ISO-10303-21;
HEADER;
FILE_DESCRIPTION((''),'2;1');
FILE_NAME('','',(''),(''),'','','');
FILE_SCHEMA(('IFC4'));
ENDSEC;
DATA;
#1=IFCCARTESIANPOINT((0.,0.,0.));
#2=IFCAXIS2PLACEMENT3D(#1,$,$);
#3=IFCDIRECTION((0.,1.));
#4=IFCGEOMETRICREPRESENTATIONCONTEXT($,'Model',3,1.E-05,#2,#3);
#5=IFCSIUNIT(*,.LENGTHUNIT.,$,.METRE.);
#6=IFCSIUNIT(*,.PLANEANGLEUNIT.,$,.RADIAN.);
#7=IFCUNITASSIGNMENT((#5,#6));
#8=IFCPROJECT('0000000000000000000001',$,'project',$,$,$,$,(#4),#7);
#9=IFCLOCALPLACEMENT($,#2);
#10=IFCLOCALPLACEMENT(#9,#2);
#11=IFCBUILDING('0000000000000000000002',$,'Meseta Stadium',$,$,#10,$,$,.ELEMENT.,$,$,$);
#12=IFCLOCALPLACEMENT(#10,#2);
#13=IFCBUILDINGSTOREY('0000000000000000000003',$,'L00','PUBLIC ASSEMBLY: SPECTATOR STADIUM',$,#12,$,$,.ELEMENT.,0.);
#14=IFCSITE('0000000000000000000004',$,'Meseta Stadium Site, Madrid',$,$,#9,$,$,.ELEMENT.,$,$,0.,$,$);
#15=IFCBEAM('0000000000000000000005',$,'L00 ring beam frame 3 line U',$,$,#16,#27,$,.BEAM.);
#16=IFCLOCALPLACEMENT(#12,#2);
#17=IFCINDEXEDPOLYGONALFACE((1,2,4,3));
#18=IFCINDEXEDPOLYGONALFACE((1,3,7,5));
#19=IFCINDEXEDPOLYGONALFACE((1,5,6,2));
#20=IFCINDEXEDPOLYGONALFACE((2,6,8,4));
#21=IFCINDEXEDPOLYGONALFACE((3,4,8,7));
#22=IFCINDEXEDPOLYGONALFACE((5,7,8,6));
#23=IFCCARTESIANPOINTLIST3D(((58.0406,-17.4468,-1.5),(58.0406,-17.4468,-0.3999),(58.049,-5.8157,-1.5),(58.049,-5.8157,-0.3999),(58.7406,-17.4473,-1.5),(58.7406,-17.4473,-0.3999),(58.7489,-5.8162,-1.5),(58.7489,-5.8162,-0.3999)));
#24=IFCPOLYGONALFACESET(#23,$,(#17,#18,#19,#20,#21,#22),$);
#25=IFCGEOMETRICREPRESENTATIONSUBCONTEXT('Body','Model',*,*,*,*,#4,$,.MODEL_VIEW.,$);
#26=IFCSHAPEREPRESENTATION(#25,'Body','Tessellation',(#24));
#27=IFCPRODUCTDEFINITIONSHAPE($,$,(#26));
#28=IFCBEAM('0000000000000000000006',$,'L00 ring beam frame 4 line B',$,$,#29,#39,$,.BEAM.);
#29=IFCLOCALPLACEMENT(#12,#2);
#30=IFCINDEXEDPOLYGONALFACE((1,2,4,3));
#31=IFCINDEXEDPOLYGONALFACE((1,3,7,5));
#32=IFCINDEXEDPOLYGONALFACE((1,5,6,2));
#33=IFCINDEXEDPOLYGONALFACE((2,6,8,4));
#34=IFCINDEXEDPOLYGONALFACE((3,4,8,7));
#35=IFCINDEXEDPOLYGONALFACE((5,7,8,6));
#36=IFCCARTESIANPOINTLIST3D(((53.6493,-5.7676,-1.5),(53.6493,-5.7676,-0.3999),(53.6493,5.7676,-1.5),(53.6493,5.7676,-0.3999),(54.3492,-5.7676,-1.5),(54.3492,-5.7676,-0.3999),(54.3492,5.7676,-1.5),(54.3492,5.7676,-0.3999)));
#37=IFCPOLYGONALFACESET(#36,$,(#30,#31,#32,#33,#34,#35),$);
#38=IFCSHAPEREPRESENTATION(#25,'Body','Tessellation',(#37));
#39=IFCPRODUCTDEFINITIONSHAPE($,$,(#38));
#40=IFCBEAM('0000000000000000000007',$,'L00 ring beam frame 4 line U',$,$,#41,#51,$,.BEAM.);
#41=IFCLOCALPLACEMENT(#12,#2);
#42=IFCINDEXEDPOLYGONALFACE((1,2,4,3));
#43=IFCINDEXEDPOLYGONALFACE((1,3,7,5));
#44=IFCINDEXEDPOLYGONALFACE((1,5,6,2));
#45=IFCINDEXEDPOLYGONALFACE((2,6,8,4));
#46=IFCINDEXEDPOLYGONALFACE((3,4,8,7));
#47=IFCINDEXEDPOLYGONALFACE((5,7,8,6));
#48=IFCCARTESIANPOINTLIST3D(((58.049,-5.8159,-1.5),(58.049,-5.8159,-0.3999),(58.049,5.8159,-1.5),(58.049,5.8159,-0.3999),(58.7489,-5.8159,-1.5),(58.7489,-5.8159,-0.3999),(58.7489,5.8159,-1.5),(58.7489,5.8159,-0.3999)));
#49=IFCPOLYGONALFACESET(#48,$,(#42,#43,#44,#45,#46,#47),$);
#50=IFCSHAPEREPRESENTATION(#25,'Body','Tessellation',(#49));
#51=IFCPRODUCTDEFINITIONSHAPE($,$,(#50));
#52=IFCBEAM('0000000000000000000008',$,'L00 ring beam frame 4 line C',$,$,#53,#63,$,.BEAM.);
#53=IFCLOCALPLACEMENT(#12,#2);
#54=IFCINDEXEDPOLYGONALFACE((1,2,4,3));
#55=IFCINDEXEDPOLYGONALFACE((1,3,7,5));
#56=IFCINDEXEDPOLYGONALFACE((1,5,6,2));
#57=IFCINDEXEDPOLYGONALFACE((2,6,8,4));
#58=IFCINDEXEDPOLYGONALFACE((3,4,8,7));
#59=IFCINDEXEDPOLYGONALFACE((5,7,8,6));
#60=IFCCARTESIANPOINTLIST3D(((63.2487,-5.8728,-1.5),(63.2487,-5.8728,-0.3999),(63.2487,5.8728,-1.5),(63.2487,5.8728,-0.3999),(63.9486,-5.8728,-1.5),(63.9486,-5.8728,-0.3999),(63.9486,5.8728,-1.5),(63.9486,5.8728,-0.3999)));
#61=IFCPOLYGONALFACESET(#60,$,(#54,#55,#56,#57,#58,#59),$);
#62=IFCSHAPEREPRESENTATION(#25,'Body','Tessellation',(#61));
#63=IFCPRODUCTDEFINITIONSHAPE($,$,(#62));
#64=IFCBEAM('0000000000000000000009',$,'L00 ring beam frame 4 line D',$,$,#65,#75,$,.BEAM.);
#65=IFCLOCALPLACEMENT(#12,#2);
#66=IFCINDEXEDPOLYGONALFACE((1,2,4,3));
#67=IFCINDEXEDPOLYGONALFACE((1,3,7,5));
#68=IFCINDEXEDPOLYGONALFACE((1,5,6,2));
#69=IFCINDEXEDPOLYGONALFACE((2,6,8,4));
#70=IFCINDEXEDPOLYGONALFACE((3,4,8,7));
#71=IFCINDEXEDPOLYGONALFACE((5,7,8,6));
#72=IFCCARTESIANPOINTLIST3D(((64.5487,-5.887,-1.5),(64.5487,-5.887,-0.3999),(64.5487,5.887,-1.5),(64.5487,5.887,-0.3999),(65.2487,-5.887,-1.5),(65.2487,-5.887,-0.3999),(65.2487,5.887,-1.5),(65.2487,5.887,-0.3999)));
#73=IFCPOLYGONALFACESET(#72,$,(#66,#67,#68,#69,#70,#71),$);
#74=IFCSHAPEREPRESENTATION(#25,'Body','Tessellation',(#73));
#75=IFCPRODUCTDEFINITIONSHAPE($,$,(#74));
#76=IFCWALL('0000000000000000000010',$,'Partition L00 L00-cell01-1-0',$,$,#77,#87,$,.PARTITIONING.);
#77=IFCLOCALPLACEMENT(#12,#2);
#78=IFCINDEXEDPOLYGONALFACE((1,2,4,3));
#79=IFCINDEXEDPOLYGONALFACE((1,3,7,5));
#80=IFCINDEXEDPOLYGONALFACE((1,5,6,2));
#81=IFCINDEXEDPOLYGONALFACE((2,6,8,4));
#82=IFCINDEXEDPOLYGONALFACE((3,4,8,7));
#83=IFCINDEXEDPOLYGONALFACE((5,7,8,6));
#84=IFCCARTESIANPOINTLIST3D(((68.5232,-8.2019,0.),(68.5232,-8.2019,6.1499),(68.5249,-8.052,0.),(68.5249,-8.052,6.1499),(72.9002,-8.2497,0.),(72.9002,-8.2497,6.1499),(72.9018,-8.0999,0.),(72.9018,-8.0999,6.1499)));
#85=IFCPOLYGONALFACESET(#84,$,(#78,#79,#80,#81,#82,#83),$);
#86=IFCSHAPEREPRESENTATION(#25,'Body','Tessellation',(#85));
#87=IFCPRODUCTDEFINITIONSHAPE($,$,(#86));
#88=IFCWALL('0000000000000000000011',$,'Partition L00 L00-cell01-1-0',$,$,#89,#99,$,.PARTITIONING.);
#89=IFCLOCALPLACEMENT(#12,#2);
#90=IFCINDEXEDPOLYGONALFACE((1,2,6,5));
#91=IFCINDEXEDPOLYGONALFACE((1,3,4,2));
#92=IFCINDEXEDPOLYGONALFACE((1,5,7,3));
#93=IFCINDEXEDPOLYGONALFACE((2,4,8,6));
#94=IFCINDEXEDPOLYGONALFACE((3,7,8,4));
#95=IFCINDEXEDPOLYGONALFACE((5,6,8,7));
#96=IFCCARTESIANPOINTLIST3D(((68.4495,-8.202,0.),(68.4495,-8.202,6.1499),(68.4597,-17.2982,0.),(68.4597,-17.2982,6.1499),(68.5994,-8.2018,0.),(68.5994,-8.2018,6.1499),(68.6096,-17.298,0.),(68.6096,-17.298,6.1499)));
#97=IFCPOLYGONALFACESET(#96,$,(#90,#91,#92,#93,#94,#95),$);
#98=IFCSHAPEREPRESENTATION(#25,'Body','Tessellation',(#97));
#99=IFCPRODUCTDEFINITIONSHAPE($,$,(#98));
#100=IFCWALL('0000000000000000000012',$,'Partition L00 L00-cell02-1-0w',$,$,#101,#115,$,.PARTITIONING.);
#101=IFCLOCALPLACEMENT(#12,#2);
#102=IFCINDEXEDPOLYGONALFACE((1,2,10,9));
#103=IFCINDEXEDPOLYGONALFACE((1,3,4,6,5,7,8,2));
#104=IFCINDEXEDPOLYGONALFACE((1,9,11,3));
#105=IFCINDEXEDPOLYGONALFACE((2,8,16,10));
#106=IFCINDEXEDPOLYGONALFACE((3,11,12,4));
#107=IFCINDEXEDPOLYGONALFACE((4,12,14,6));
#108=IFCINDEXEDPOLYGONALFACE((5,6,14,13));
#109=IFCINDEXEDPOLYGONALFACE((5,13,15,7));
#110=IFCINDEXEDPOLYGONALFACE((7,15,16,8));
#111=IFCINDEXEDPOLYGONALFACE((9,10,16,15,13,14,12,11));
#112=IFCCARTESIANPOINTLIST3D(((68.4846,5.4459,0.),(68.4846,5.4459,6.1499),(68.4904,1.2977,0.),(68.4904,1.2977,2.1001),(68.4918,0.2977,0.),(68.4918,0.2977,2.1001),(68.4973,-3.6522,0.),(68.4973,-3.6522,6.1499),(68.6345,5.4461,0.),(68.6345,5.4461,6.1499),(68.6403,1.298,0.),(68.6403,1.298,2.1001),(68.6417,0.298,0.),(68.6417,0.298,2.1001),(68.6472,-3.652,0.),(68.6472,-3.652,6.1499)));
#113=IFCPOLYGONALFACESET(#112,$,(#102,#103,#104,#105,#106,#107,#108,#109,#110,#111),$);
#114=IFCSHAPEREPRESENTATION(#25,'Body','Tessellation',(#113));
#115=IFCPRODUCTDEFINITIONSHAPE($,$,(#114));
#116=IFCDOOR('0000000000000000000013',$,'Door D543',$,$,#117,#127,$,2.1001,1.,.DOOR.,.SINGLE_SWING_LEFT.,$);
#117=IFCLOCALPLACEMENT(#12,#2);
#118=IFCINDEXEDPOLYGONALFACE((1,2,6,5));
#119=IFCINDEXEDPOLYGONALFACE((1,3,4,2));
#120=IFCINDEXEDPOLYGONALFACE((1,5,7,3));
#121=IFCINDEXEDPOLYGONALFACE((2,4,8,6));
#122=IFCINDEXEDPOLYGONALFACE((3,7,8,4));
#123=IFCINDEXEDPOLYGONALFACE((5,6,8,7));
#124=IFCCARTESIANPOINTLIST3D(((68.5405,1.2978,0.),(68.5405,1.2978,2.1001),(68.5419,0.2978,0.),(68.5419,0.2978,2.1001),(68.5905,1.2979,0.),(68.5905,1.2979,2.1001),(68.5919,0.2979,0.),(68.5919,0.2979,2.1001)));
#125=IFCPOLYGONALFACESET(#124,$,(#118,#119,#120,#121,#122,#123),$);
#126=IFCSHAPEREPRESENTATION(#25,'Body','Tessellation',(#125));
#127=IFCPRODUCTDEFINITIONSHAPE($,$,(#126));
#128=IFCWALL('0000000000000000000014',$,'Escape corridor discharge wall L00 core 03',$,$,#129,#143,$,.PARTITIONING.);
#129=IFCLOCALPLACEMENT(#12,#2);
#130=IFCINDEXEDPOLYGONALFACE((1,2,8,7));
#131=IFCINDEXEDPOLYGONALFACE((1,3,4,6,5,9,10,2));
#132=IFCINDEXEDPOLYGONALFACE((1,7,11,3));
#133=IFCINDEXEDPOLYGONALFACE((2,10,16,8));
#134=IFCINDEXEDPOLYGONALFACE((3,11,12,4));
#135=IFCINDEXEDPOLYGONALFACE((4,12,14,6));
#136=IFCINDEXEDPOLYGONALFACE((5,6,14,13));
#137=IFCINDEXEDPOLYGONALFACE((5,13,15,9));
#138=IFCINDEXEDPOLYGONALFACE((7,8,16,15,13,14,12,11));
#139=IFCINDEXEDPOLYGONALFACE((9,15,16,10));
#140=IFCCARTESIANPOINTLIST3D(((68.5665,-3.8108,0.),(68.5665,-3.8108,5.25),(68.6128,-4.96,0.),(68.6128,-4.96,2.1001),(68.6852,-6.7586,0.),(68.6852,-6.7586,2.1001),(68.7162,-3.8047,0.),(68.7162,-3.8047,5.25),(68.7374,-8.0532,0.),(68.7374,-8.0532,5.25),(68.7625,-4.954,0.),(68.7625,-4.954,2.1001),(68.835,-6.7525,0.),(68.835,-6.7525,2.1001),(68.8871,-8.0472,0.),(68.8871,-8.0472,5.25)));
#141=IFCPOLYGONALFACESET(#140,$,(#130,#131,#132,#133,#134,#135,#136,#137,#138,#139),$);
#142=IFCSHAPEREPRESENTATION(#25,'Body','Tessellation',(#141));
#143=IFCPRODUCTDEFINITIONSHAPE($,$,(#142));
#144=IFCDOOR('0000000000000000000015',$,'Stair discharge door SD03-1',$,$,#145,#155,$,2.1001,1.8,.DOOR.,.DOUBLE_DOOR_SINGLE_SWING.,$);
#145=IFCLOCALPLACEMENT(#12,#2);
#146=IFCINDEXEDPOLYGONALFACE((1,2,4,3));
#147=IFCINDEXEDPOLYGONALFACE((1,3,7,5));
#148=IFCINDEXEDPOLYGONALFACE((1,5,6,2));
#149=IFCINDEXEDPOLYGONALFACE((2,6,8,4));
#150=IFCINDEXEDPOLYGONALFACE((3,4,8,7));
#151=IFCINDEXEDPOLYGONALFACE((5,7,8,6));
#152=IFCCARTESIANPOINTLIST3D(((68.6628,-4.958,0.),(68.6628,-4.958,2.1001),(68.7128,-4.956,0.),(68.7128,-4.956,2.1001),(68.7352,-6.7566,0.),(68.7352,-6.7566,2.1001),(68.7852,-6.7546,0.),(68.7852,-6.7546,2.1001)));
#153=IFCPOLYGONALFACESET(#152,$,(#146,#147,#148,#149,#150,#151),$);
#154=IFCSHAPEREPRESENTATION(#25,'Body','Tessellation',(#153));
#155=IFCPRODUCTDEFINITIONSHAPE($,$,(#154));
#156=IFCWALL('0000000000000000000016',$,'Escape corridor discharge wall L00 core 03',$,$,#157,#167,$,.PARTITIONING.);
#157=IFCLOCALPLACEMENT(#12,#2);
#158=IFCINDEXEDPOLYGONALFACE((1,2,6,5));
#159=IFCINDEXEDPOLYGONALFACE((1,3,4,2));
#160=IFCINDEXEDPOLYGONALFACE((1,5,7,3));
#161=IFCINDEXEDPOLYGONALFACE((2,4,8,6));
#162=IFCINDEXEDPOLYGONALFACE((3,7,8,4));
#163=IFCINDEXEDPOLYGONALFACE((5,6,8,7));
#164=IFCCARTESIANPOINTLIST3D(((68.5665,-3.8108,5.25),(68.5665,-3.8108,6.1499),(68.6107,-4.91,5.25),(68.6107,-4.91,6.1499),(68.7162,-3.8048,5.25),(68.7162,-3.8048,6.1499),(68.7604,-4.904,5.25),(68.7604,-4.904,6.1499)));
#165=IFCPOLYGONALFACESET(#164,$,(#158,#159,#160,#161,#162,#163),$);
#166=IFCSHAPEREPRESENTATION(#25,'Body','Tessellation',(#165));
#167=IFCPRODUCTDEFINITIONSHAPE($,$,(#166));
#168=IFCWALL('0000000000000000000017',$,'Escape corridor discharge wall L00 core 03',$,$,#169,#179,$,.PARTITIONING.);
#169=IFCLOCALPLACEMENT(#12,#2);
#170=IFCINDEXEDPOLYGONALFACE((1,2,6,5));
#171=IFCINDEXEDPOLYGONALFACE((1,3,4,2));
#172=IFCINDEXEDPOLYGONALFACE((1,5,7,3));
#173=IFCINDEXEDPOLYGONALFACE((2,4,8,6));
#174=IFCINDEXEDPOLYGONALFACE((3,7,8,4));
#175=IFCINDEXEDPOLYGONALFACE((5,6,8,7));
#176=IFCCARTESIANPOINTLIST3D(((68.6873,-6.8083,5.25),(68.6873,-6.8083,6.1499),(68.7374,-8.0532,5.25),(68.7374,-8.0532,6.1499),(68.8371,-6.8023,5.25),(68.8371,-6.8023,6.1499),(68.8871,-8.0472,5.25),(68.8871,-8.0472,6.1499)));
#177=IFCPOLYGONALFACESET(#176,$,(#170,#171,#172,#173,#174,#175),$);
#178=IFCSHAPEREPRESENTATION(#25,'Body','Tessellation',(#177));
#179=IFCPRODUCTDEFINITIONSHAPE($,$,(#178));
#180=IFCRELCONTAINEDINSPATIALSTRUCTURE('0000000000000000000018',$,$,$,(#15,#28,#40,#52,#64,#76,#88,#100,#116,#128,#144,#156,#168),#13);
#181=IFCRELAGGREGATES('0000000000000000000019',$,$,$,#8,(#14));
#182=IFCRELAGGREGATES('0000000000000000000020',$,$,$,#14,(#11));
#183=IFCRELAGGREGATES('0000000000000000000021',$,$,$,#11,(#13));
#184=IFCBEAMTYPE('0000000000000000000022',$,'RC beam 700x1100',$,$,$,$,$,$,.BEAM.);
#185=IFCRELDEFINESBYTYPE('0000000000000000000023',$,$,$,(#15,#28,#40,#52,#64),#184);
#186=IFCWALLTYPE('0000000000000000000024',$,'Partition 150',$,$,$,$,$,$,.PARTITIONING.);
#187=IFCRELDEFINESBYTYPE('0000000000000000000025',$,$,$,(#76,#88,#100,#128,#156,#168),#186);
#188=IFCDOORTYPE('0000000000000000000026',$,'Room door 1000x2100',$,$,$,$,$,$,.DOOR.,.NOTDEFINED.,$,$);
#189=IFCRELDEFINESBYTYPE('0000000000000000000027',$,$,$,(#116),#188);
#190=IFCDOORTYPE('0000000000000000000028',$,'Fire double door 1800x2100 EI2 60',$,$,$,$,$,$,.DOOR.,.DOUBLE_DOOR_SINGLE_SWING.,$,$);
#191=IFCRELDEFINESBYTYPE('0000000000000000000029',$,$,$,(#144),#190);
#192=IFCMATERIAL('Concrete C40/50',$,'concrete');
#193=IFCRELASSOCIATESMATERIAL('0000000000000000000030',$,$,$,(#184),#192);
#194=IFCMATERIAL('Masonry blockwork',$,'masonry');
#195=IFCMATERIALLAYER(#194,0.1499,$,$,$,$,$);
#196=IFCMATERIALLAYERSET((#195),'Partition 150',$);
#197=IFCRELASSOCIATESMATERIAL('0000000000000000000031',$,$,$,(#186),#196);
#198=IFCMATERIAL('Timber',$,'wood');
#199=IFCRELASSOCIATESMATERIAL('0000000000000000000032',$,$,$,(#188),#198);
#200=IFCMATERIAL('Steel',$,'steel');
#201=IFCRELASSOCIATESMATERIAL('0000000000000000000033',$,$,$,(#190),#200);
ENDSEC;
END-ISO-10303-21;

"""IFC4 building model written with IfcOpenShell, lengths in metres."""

from ifc_helpers import new_model, si_unit, direction, frame, frame_2d, origin, origin_2d, place, context, subcontext, project, spatial, rectangle, extrude, material, layer, layer_set, material_profile, profile_set, type_object, element, fill, save


model = new_model("IFC4")

# Units and contexts
model_context = context("Model", 3, precision=1e-05, world=origin(), true_north=direction((0.0, 1.0)))
body_context = subcontext(model_context, "Body", "Model", "MODEL_VIEW")
ifc_project = project(units=[si_unit("LENGTHUNIT", "METRE"), si_unit("PLANEANGLEUNIT", "RADIAN")], contexts=[model_context])

# Site, building, storey
site_placement = place(None, origin())
site = spatial("IfcSite", under=ifc_project, at=site_placement, Name="Meseta Stadium Site, Madrid", CompositionType="ELEMENT", RefElevation=0.0)
building_placement = place(site_placement, origin())
building = spatial("IfcBuilding", under=site, at=building_placement, Name="Meseta Stadium", CompositionType="ELEMENT")
storey_placement = place(building_placement, origin())
storey = spatial("IfcBuildingStorey", under=building, at=storey_placement, Name="L00", Description="PUBLIC ASSEMBLY: SPECTATOR STADIUM", CompositionType="ELEMENT", Elevation=0.0)

# Beams
ifc_material_1 = material(Name="Concrete C40/50", Category="concrete")
ifc_material_profile_1 = material_profile(ifc_material_1, rectangle(XDim=0.7, YDim=1.1001, at=origin_2d()), Name="RC 700x1100")
ifc_profile_set_1 = profile_set([ifc_material_profile_1], Name="Concrete C40/50")
beam_type_1 = type_object("IfcBeamType", Name="RC beam 700x1100", PredefinedType="BEAM", material=ifc_profile_set_1)
beam_1_placement = place(storey_placement, frame((58.3906, -17.447, -0.95), z_axis=(0.000714, 1.0, 0.0), x_axis=(-1.0, 0.000714, 0.0)))
element("IfcBeam", 1, at=beam_1_placement, inside=storey, type_object=beam_type_1, Name="L00 ring beam frame 3 line U", PredefinedType="BEAM", context=body_context, shape_type="SweptSolid", body=[
    extrude(rectangle(XDim=0.7, YDim=1.1001, at=origin_2d()), origin(), (0.0, 0.0, 1.0), 11.6311),
])
beam_2_placement = place(storey_placement, frame((53.9993, -5.7676, -0.95), z_axis=(0.0, 1.0, 0.0), x_axis=(-1.0, 0.0, 0.0)))
element("IfcBeam", 2, at=beam_2_placement, inside=storey, type_object=beam_type_1, Name="L00 ring beam frame 4 line B", PredefinedType="BEAM", context=body_context, shape_type="SweptSolid", body=[
    extrude(rectangle(XDim=0.7, YDim=1.1001, at=origin_2d()), origin(), (0.0, 0.0, 1.0), 11.5352),
])
beam_3_placement = place(storey_placement, frame((58.3989, -5.8159, -0.95), z_axis=(0.0, 1.0, 0.0), x_axis=(-1.0, 0.0, 0.0)))
element("IfcBeam", 3, at=beam_3_placement, inside=storey, type_object=beam_type_1, Name="L00 ring beam frame 4 line U", PredefinedType="BEAM", context=body_context, shape_type="SweptSolid", body=[
    extrude(rectangle(XDim=0.7, YDim=1.1001, at=origin_2d()), origin(), (0.0, 0.0, 1.0), 11.6318),
])
beam_4_placement = place(storey_placement, frame((63.5986, -5.8728, -0.95), z_axis=(0.0, 1.0, 0.0), x_axis=(-1.0, 0.0, 0.0)))
element("IfcBeam", 4, at=beam_4_placement, inside=storey, type_object=beam_type_1, Name="L00 ring beam frame 4 line C", PredefinedType="BEAM", context=body_context, shape_type="SweptSolid", body=[
    extrude(rectangle(XDim=0.7, YDim=1.1001, at=origin_2d()), origin(), (0.0, 0.0, 1.0), 11.7456),
])
beam_5_placement = place(storey_placement, frame((64.8987, -5.887, -0.95), z_axis=(0.0, 1.0, 0.0), x_axis=(-1.0, 0.0, 0.0)))
element("IfcBeam", 5, at=beam_5_placement, inside=storey, type_object=beam_type_1, Name="L00 ring beam frame 4 line D", PredefinedType="BEAM", context=body_context, shape_type="SweptSolid", body=[
    extrude(rectangle(XDim=0.7, YDim=1.1001, at=origin_2d()), origin(), (0.0, 0.0, 1.0), 11.7739),
])

# Walls
ifc_material_2 = material(Name="Masonry blockwork", Category="masonry")
ifc_layer = layer(ifc_material_2, 0.1499)
ifc_layer_set = layer_set([ifc_layer], Name="Partition 150")
wall_type = type_object("IfcWallType", Name="Partition 150", PredefinedType="PARTITIONING", material=ifc_layer_set)
wall_1_placement = place(storey_placement, frame((68.5242, -8.127, 0.0), z_axis=(0.0, 0.0, 1.0), x_axis=(0.99994, -0.010932, 0.0)))
element("IfcWall", 6, at=wall_1_placement, inside=storey, type_object=wall_type, Name="Partition L00 L00-cell01-1-0", PredefinedType="PARTITIONING", context=body_context, shape_type="SweptSolid", body=[
    extrude(rectangle(XDim=4.3772, YDim=0.1499, at=frame_2d((2.1885, 0.0))), origin(), (0.0, 0.0, 1.0), 6.1499),
])
wall_2_placement = place(storey_placement, frame((68.5347, -17.2981, 0.0), z_axis=(0.0, 0.0, 1.0), x_axis=(-0.001127, 0.999999, 0.0)))
element("IfcWall", 7, at=wall_2_placement, inside=storey, type_object=wall_type, Name="Partition L00 L00-cell01-1-0", PredefinedType="PARTITIONING", context=body_context, shape_type="SweptSolid", body=[
    extrude(rectangle(XDim=9.0962, YDim=0.1499, at=frame_2d((4.5481, 0.0))), origin(), (0.0, 0.0, 1.0), 6.1499),
])

# Walls, openings, doors
wall_3_placement = place(storey_placement, frame((68.5723, -3.6521, 0.0), z_axis=(0.0, 0.0, 1.0), x_axis=(-0.001395, 0.999999, 0.0)))
wall_3 = element("IfcWall", 8, at=wall_3_placement, inside=storey, type_object=wall_type, Name="Partition L00 L00-cell02-1-0w", PredefinedType="PARTITIONING", context=body_context, shape_type="SweptSolid", body=[
    extrude(rectangle(XDim=9.0981, YDim=0.1499, at=frame_2d((4.5491, 0.0))), origin(), (0.0, 0.0, 1.0), 6.1499),
])
opening_1_placement = place(wall_3_placement, frame((3.95, 0.0, 0.0)))
opening_1 = element("IfcOpeningElement", 9, at=opening_1_placement, cuts=wall_3, PredefinedType="OPENING", context=body_context, shape_type="SweptSolid", body=[
    extrude(rectangle(XDim=1.0, YDim=2.1001, at=frame_2d((0.5, 1.05))), frame((0.0, 0.085, 0.0), z_axis=(0.0, -1.0, 0.0), x_axis=(1.0, 0.0, 0.0)), (0.0, 0.0, 1.0), 0.1699),
])
ifc_material_3 = material(Name="Timber", Category="wood")
door_type_1 = type_object("IfcDoorType", Name="Room door 1000x2100", OperationType="NOTDEFINED", PredefinedType="DOOR", material=ifc_material_3)
door_1_placement = place(opening_1_placement, origin())
door_1 = element("IfcDoor", 10, at=door_1_placement, inside=storey, type_object=door_type_1, Name="Door D543", OperationType="SINGLE_SWING_LEFT", OverallHeight=2.1001, OverallWidth=1.0, PredefinedType="DOOR", context=body_context, shape_type="SweptSolid", body=[
    extrude(rectangle(XDim=1.0, YDim=2.1001, at=frame_2d((0.5, 1.05))), frame((0.0, 0.0249, 0.0), z_axis=(0.0, -1.0, 0.0), x_axis=(1.0, 0.0, 0.0)), (0.0, 0.0, 1.0), 0.05),
])
fill(opening_1, door_1)
wall_4_placement = place(storey_placement, frame((68.8123, -8.0503, 0.0), z_axis=(0.0, 0.0, 1.0), x_axis=(-0.04025, 0.99919, 0.0)))
wall_4 = element("IfcWall", 11, at=wall_4_placement, inside=storey, type_object=wall_type, Name="Escape corridor discharge wall L00 core 03", PredefinedType="PARTITIONING", context=body_context, shape_type="SweptSolid", body=[
    extrude(rectangle(XDim=4.2458, YDim=0.1499, at=frame_2d((2.123, 0.0))), origin(), (0.0, 0.0, 1.0), 5.25),
])
opening_2_placement = place(wall_4_placement, frame((1.2959, 0.0, 0.0)))
opening_2 = element("IfcOpeningElement", 12, at=opening_2_placement, cuts=wall_4, PredefinedType="OPENING", context=body_context, shape_type="SweptSolid", body=[
    extrude(rectangle(XDim=1.8, YDim=2.1001, at=frame_2d((0.8999, 1.05))), frame((0.0, 0.085, 0.0), z_axis=(0.0, -1.0, 0.0), x_axis=(1.0, 0.0, 0.0)), (0.0, 0.0, 1.0), 0.1699),
])
ifc_material_4 = material(Name="Steel", Category="steel")
door_type_2 = type_object("IfcDoorType", Name="Fire double door 1800x2100 EI2 60", OperationType="DOUBLE_DOOR_SINGLE_SWING", PredefinedType="DOOR", material=ifc_material_4)
door_2_placement = place(opening_2_placement, origin())
door_2 = element("IfcDoor", 13, at=door_2_placement, inside=storey, type_object=door_type_2, Name="Stair discharge door SD03-1", OperationType="DOUBLE_DOOR_SINGLE_SWING", OverallHeight=2.1001, OverallWidth=1.8, PredefinedType="DOOR", context=body_context, shape_type="SweptSolid", body=[
    extrude(rectangle(XDim=1.8, YDim=2.1001, at=frame_2d((0.8999, 1.05))), frame((0.0, 0.0249, 0.0), z_axis=(0.0, -1.0, 0.0), x_axis=(1.0, 0.0, 0.0)), (0.0, 0.0, 1.0), 0.05),
])
fill(opening_2, door_2)

# Walls
wall_5_placement = place(storey_placement, frame((68.6855, -4.907, 5.25), z_axis=(0.0, 0.0, 1.0), x_axis=(-0.040172, 0.999193, 0.0)))
element("IfcWall", 14, at=wall_5_placement, inside=storey, type_object=wall_type, Name="Escape corridor discharge wall L00 core 03", PredefinedType="PARTITIONING", context=body_context, shape_type="SweptSolid", body=[
    extrude(rectangle(XDim=1.1001, YDim=0.1499, at=frame_2d((0.55, 0.0))), origin(), (0.0, 0.0, 1.0), 0.8999),
])
wall_6_placement = place(storey_placement, frame((68.8123, -8.0503, 5.25), z_axis=(0.0, 0.0, 1.0), x_axis=(-0.040172, 0.999193, 0.0)))
element("IfcWall", 15, at=wall_6_placement, inside=storey, type_object=wall_type, Name="Escape corridor discharge wall L00 core 03", PredefinedType="PARTITIONING", context=body_context, shape_type="SweptSolid", body=[
    extrude(rectangle(XDim=1.2458, YDim=0.1499, at=frame_2d((0.623, 0.0))), origin(), (0.0, 0.0, 1.0), 0.8999),
])

save(model, "model.ifc")
